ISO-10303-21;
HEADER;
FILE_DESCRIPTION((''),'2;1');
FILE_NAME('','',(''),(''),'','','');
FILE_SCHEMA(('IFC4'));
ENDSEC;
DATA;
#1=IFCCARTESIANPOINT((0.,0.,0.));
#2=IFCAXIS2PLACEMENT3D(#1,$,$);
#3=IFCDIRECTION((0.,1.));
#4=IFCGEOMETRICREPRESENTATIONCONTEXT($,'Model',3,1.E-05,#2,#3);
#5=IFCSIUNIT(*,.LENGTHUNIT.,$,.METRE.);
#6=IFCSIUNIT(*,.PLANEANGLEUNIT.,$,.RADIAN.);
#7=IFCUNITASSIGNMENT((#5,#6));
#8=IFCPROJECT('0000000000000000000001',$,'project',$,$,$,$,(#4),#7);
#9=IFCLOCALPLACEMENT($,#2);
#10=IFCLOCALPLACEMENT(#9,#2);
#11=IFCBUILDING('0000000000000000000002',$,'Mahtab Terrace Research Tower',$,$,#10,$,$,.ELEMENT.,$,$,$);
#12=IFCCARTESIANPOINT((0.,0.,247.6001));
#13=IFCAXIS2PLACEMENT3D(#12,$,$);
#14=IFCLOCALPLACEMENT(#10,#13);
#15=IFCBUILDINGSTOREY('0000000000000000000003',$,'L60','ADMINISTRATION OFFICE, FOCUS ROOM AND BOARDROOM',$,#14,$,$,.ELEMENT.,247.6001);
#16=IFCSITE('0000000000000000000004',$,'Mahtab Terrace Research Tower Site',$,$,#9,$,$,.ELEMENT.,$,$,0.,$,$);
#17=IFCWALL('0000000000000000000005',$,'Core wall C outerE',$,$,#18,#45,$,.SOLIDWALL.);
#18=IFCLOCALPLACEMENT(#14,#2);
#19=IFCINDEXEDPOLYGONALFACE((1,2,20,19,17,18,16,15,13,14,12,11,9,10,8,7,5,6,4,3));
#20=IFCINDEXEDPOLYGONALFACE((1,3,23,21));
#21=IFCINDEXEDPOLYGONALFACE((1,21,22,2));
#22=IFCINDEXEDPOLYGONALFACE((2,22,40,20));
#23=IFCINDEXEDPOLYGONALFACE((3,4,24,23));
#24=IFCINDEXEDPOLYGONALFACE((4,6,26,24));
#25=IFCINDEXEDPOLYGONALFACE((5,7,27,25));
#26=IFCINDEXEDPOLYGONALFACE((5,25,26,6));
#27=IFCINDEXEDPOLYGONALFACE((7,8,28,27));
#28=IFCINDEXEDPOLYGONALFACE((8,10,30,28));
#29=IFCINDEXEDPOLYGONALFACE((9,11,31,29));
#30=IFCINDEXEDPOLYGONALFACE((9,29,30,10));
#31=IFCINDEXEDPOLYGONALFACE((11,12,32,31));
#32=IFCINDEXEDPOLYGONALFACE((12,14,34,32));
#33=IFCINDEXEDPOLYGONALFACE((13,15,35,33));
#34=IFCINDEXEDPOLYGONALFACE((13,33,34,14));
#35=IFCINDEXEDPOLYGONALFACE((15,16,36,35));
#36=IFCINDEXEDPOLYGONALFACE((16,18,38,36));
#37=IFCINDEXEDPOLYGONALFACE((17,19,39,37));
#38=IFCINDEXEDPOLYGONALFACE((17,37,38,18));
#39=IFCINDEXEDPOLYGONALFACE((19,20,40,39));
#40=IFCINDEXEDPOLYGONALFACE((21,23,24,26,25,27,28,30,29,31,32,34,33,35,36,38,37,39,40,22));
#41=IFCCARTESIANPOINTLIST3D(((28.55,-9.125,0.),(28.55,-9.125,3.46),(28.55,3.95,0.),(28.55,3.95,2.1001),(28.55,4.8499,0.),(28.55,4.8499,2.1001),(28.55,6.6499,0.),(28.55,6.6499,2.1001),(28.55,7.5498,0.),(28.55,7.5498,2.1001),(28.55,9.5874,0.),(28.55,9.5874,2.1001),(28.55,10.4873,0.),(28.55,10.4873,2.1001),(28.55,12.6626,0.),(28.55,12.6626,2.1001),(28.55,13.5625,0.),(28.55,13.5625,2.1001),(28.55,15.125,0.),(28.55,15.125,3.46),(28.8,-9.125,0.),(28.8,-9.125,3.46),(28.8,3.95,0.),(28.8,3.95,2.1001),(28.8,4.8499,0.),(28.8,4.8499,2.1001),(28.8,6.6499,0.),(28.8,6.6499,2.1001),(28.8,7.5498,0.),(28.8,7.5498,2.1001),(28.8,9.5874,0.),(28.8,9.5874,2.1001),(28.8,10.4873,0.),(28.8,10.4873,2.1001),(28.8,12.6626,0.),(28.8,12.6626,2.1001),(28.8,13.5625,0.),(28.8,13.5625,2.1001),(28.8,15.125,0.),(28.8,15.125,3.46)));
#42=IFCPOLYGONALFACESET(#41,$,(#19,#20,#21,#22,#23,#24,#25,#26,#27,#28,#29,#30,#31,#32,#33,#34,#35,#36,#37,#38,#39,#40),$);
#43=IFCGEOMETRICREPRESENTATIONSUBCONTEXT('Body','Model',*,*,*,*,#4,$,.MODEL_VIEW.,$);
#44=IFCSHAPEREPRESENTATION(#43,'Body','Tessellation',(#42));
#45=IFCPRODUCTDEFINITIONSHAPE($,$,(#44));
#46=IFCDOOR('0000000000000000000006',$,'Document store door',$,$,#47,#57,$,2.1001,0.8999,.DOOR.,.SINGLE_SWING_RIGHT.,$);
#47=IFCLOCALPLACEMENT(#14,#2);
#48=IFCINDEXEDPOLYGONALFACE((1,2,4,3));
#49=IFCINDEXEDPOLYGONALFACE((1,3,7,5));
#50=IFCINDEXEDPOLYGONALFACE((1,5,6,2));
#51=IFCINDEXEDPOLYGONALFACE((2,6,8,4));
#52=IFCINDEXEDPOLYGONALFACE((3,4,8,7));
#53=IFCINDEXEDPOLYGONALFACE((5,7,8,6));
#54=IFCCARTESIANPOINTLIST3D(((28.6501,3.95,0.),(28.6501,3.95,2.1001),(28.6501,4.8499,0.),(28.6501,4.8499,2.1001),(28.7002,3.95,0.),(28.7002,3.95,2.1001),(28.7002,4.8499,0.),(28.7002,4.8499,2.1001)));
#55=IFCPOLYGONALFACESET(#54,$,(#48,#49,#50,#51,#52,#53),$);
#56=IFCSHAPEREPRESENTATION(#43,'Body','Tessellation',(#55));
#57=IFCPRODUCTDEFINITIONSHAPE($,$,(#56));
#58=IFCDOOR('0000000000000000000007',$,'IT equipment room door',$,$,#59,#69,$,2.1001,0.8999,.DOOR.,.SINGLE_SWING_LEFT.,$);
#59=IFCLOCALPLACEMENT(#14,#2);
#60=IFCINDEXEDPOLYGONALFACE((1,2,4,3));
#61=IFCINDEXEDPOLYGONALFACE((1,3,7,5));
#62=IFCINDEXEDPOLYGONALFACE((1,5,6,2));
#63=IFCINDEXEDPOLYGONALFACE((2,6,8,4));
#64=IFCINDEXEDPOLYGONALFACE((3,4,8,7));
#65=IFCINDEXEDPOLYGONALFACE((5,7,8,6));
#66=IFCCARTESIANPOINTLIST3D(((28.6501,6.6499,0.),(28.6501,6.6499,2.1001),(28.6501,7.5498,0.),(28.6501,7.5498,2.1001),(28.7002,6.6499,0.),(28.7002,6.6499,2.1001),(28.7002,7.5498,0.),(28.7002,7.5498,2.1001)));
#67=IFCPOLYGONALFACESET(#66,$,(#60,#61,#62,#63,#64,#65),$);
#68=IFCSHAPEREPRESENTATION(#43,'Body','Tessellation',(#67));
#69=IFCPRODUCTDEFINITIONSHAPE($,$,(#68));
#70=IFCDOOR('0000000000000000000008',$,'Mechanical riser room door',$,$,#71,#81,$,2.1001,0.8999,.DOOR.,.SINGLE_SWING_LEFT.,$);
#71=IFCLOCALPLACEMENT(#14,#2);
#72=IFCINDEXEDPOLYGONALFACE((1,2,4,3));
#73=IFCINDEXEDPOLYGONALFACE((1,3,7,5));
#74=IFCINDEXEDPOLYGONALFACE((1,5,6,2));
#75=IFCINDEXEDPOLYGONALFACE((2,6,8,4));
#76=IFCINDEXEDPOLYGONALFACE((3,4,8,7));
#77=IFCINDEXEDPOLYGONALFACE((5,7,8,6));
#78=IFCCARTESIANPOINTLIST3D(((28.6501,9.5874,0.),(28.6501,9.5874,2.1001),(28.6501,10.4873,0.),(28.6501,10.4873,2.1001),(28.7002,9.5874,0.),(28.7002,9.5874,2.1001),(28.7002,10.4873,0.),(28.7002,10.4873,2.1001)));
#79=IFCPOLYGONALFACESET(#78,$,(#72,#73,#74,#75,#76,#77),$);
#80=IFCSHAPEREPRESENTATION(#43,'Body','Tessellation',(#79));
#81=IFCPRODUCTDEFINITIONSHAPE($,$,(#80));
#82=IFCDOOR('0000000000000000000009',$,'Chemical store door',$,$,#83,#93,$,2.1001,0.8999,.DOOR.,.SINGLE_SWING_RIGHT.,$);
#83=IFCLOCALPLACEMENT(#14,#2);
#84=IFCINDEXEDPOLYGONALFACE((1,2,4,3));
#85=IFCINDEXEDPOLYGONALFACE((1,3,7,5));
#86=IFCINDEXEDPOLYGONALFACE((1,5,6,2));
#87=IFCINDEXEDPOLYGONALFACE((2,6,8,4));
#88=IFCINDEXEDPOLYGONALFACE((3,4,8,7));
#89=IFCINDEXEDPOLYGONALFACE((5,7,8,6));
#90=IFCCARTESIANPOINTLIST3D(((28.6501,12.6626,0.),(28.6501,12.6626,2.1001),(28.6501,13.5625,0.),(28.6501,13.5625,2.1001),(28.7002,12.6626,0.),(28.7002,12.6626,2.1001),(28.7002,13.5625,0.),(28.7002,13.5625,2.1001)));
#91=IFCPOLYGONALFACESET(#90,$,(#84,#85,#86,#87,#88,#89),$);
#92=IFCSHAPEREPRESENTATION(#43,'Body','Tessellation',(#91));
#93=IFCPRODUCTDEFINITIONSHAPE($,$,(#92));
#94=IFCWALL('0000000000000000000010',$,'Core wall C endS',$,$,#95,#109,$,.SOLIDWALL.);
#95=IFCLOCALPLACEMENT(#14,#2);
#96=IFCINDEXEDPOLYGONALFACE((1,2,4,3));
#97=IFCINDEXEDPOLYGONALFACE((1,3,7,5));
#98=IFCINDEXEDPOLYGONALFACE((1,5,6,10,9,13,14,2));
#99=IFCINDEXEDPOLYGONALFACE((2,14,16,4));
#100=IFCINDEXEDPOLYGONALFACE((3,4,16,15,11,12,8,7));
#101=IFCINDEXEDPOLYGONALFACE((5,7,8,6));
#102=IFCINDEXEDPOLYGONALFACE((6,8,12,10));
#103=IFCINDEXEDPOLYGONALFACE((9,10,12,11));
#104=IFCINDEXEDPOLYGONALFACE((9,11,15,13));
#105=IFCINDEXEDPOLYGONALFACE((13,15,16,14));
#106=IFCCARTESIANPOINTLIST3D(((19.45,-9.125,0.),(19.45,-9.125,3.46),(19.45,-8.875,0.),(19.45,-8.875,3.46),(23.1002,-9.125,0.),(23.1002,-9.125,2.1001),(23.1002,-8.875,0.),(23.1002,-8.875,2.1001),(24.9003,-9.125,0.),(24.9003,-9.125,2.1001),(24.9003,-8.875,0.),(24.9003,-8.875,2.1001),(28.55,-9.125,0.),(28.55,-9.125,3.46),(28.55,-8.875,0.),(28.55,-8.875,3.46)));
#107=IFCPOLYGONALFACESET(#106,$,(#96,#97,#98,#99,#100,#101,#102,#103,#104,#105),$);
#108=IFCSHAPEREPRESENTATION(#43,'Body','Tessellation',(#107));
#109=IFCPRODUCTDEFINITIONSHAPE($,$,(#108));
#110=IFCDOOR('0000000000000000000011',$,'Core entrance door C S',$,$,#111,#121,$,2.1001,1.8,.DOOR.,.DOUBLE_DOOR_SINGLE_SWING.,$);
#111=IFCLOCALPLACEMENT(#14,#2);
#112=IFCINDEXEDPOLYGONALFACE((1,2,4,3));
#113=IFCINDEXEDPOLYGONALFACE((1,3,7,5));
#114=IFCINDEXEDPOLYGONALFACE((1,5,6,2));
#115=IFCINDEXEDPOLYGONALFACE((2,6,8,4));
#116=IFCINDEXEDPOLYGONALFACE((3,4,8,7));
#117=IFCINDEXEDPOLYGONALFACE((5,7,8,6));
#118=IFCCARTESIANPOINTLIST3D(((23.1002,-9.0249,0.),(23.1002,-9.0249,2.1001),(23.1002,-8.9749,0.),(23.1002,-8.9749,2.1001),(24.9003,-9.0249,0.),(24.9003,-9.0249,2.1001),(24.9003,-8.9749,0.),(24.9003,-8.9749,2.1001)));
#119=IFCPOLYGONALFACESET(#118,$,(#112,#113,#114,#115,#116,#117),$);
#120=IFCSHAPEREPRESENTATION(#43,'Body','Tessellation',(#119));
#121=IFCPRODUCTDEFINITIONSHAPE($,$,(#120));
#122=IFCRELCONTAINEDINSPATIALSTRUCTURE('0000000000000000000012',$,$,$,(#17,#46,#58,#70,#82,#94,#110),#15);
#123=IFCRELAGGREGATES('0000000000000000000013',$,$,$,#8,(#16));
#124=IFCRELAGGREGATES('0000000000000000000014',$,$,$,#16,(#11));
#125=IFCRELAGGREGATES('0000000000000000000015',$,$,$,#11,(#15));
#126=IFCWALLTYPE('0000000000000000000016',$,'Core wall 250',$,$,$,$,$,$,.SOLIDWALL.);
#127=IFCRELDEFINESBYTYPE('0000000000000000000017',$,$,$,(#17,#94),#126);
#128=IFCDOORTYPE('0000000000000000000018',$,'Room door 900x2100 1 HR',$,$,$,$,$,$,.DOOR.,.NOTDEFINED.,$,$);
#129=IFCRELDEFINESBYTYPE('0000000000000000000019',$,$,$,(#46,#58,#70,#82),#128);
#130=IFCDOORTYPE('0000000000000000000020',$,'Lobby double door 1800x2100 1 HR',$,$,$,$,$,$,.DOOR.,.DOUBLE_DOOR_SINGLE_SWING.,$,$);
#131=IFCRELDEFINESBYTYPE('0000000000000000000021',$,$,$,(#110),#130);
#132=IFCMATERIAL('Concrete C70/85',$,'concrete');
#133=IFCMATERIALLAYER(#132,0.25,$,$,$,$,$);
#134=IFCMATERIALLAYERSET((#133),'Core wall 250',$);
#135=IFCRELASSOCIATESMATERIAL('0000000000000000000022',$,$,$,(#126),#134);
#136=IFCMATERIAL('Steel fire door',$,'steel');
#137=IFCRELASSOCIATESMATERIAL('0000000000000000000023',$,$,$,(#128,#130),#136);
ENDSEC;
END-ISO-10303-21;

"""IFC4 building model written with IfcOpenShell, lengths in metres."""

from ifc_helpers import new_model, si_unit, direction, frame, frame_2d, origin, place, context, subcontext, project, spatial, rectangle, extrude, material, layer, layer_set, type_object, element, fill, save


model = new_model("IFC4")

# Units and contexts
model_context = context("Model", 3, precision=1e-05, world=origin(), true_north=direction((0.0, 1.0)))
body_context = subcontext(model_context, "Body", "Model", "MODEL_VIEW")
ifc_project = project(units=[si_unit("LENGTHUNIT", "METRE"), si_unit("PLANEANGLEUNIT", "RADIAN")], contexts=[model_context])

# Site, building, storey
site_placement = place(None, origin())
site = spatial("IfcSite", under=ifc_project, at=site_placement, Name="Mahtab Terrace Research Tower Site", CompositionType="ELEMENT", RefElevation=0.0)
building_placement = place(site_placement, origin())
building = spatial("IfcBuilding", under=site, at=building_placement, Name="Mahtab Terrace Research Tower", CompositionType="ELEMENT")
storey_placement = place(building_placement, frame((0.0, 0.0, 247.6001)))
storey = spatial("IfcBuildingStorey", under=building, at=storey_placement, Name="L60", Description="ADMINISTRATION OFFICE, FOCUS ROOM AND BOARDROOM", CompositionType="ELEMENT", Elevation=247.6001)

# Shared definitions
ifc_material_1 = material(Name="Concrete C70/85", Category="concrete")

# Wall, openings, doors
ifc_layer_1 = layer(ifc_material_1, 0.25)
ifc_layer_set_1 = layer_set([ifc_layer_1], Name="Core wall 250")
wall_type_1 = type_object("IfcWallType", Name="Core wall 250", PredefinedType="SOLIDWALL", material=ifc_layer_set_1)
wall_1_placement = place(storey_placement, frame((28.675, -9.125, 0.0), z_axis=(0.0, 0.0, 1.0), x_axis=(0.0, 1.0, 0.0)))
wall_1 = element("IfcWall", 1, at=wall_1_placement, inside=storey, type_object=wall_type_1, Name="Core wall C outerE", PredefinedType="SOLIDWALL", context=body_context, shape_type="SweptSolid", body=[
    extrude(rectangle(XDim=24.25, YDim=0.25, at=frame_2d((12.125, 0.0))), origin(), (0.0, 0.0, 1.0), 3.46),
])
opening_1_placement = place(wall_1_placement, frame((13.075, 0.0, 0.0)))
opening_1 = element("IfcOpeningElement", 2, at=opening_1_placement, cuts=wall_1, PredefinedType="OPENING", context=body_context, shape_type="SweptSolid", body=[
    extrude(rectangle(XDim=0.8999, YDim=2.1001, at=frame_2d((0.45, 1.05))), frame((0.0, 0.135, 0.0), z_axis=(0.0, -1.0, 0.0), x_axis=(1.0, 0.0, 0.0)), (0.0, 0.0, 1.0), 0.27),
])
opening_2_placement = place(wall_1_placement, frame((15.7749, 0.0, 0.0)))
opening_2 = element("IfcOpeningElement", 3, at=opening_2_placement, cuts=wall_1, PredefinedType="OPENING", context=body_context, shape_type="SweptSolid", body=[
    extrude(rectangle(XDim=0.8999, YDim=2.1001, at=frame_2d((0.45, 1.05))), frame((0.0, 0.135, 0.0), z_axis=(0.0, -1.0, 0.0), x_axis=(1.0, 0.0, 0.0)), (0.0, 0.0, 1.0), 0.27),
])
opening_3_placement = place(wall_1_placement, frame((18.7124, 0.0, 0.0)))
opening_3 = element("IfcOpeningElement", 4, at=opening_3_placement, cuts=wall_1, PredefinedType="OPENING", context=body_context, shape_type="SweptSolid", body=[
    extrude(rectangle(XDim=0.8999, YDim=2.1001, at=frame_2d((0.45, 1.05))), frame((0.0, 0.135, 0.0), z_axis=(0.0, -1.0, 0.0), x_axis=(1.0, 0.0, 0.0)), (0.0, 0.0, 1.0), 0.27),
])
opening_4_placement = place(wall_1_placement, frame((21.7876, 0.0, 0.0)))
opening_4 = element("IfcOpeningElement", 5, at=opening_4_placement, cuts=wall_1, PredefinedType="OPENING", context=body_context, shape_type="SweptSolid", body=[
    extrude(rectangle(XDim=0.8999, YDim=2.1001, at=frame_2d((0.45, 1.05))), frame((0.0, 0.135, 0.0), z_axis=(0.0, -1.0, 0.0), x_axis=(1.0, 0.0, 0.0)), (0.0, 0.0, 1.0), 0.27),
])
ifc_material_2 = material(Name="Steel fire door", Category="steel")
door_type_1 = type_object("IfcDoorType", Name="Room door 900x2100 1 HR", OperationType="NOTDEFINED", PredefinedType="DOOR", material=ifc_material_2)
door_1_placement = place(opening_1_placement, origin())
door_1 = element("IfcDoor", 6, at=door_1_placement, inside=storey, type_object=door_type_1, Name="Document store door", OperationType="SINGLE_SWING_RIGHT", OverallHeight=2.1001, OverallWidth=0.8999, PredefinedType="DOOR", context=body_context, shape_type="SweptSolid", body=[
    extrude(rectangle(XDim=0.8999, YDim=2.1001, at=frame_2d((0.45, 1.05))), frame((0.0, 0.0249, 0.0), z_axis=(0.0, -1.0, 0.0), x_axis=(1.0, 0.0, 0.0)), (0.0, 0.0, 1.0), 0.05),
])
fill(opening_1, door_1)
door_2_placement = place(opening_2_placement, origin())
door_2 = element("IfcDoor", 7, at=door_2_placement, inside=storey, type_object=door_type_1, Name="IT equipment room door", OperationType="SINGLE_SWING_LEFT", OverallHeight=2.1001, OverallWidth=0.8999, PredefinedType="DOOR", context=body_context, shape_type="SweptSolid", body=[
    extrude(rectangle(XDim=0.8999, YDim=2.1001, at=frame_2d((0.45, 1.05))), frame((0.0, 0.0249, 0.0), z_axis=(0.0, -1.0, 0.0), x_axis=(1.0, 0.0, 0.0)), (0.0, 0.0, 1.0), 0.05),
])
fill(opening_2, door_2)
door_3_placement = place(opening_3_placement, origin())
door_3 = element("IfcDoor", 8, at=door_3_placement, inside=storey, type_object=door_type_1, Name="Mechanical riser room door", OperationType="SINGLE_SWING_LEFT", OverallHeight=2.1001, OverallWidth=0.8999, PredefinedType="DOOR", context=body_context, shape_type="SweptSolid", body=[
    extrude(rectangle(XDim=0.8999, YDim=2.1001, at=frame_2d((0.45, 1.05))), frame((0.0, 0.0249, 0.0), z_axis=(0.0, -1.0, 0.0), x_axis=(1.0, 0.0, 0.0)), (0.0, 0.0, 1.0), 0.05),
])
fill(opening_3, door_3)
door_4_placement = place(opening_4_placement, origin())
door_4 = element("IfcDoor", 9, at=door_4_placement, inside=storey, type_object=door_type_1, Name="Chemical store door", OperationType="SINGLE_SWING_RIGHT", OverallHeight=2.1001, OverallWidth=0.8999, PredefinedType="DOOR", context=body_context, shape_type="SweptSolid", body=[
    extrude(rectangle(XDim=0.8999, YDim=2.1001, at=frame_2d((0.45, 1.05))), frame((0.0, 0.0249, 0.0), z_axis=(0.0, -1.0, 0.0), x_axis=(1.0, 0.0, 0.0)), (0.0, 0.0, 1.0), 0.05),
])
fill(opening_4, door_4)

# Wall, opening, door
wall_2_placement = place(storey_placement, frame((28.55, -9.0, 0.0), z_axis=(0.0, 0.0, 1.0), x_axis=(-1.0, 0.0, 0.0)))
wall_2 = element("IfcWall", 10, at=wall_2_placement, inside=storey, type_object=wall_type_1, Name="Core wall C endS", PredefinedType="SOLIDWALL", context=body_context, shape_type="SweptSolid", body=[
    extrude(rectangle(XDim=9.1001, YDim=0.25, at=frame_2d((4.55, 0.0))), origin(), (0.0, 0.0, 1.0), 3.46),
])
opening_5_placement = place(wall_2_placement, frame((3.6499, 0.0, 0.0)))
opening_5 = element("IfcOpeningElement", 11, at=opening_5_placement, cuts=wall_2, PredefinedType="OPENING", context=body_context, shape_type="SweptSolid", body=[
    extrude(rectangle(XDim=1.8, YDim=2.1001, at=frame_2d((0.8999, 1.05))), frame((0.0, 0.135, 0.0), z_axis=(0.0, -1.0, 0.0), x_axis=(1.0, 0.0, 0.0)), (0.0, 0.0, 1.0), 0.27),
])
door_type_2 = type_object("IfcDoorType", Name="Lobby double door 1800x2100 1 HR", OperationType="DOUBLE_DOOR_SINGLE_SWING", PredefinedType="DOOR", material=ifc_material_2)
door_5_placement = place(opening_5_placement, origin())
door_5 = element("IfcDoor", 12, at=door_5_placement, inside=storey, type_object=door_type_2, Name="Core entrance door C S", OperationType="DOUBLE_DOOR_SINGLE_SWING", OverallHeight=2.1001, OverallWidth=1.8, PredefinedType="DOOR", context=body_context, shape_type="SweptSolid", body=[
    extrude(rectangle(XDim=1.8, YDim=2.1001, at=frame_2d((0.8999, 1.05))), frame((0.0, 0.0249, 0.0), z_axis=(0.0, -1.0, 0.0), x_axis=(1.0, 0.0, 0.0)), (0.0, 0.0, 1.0), 0.05),
])
fill(opening_5, door_5)

save(model, "model.ifc")
